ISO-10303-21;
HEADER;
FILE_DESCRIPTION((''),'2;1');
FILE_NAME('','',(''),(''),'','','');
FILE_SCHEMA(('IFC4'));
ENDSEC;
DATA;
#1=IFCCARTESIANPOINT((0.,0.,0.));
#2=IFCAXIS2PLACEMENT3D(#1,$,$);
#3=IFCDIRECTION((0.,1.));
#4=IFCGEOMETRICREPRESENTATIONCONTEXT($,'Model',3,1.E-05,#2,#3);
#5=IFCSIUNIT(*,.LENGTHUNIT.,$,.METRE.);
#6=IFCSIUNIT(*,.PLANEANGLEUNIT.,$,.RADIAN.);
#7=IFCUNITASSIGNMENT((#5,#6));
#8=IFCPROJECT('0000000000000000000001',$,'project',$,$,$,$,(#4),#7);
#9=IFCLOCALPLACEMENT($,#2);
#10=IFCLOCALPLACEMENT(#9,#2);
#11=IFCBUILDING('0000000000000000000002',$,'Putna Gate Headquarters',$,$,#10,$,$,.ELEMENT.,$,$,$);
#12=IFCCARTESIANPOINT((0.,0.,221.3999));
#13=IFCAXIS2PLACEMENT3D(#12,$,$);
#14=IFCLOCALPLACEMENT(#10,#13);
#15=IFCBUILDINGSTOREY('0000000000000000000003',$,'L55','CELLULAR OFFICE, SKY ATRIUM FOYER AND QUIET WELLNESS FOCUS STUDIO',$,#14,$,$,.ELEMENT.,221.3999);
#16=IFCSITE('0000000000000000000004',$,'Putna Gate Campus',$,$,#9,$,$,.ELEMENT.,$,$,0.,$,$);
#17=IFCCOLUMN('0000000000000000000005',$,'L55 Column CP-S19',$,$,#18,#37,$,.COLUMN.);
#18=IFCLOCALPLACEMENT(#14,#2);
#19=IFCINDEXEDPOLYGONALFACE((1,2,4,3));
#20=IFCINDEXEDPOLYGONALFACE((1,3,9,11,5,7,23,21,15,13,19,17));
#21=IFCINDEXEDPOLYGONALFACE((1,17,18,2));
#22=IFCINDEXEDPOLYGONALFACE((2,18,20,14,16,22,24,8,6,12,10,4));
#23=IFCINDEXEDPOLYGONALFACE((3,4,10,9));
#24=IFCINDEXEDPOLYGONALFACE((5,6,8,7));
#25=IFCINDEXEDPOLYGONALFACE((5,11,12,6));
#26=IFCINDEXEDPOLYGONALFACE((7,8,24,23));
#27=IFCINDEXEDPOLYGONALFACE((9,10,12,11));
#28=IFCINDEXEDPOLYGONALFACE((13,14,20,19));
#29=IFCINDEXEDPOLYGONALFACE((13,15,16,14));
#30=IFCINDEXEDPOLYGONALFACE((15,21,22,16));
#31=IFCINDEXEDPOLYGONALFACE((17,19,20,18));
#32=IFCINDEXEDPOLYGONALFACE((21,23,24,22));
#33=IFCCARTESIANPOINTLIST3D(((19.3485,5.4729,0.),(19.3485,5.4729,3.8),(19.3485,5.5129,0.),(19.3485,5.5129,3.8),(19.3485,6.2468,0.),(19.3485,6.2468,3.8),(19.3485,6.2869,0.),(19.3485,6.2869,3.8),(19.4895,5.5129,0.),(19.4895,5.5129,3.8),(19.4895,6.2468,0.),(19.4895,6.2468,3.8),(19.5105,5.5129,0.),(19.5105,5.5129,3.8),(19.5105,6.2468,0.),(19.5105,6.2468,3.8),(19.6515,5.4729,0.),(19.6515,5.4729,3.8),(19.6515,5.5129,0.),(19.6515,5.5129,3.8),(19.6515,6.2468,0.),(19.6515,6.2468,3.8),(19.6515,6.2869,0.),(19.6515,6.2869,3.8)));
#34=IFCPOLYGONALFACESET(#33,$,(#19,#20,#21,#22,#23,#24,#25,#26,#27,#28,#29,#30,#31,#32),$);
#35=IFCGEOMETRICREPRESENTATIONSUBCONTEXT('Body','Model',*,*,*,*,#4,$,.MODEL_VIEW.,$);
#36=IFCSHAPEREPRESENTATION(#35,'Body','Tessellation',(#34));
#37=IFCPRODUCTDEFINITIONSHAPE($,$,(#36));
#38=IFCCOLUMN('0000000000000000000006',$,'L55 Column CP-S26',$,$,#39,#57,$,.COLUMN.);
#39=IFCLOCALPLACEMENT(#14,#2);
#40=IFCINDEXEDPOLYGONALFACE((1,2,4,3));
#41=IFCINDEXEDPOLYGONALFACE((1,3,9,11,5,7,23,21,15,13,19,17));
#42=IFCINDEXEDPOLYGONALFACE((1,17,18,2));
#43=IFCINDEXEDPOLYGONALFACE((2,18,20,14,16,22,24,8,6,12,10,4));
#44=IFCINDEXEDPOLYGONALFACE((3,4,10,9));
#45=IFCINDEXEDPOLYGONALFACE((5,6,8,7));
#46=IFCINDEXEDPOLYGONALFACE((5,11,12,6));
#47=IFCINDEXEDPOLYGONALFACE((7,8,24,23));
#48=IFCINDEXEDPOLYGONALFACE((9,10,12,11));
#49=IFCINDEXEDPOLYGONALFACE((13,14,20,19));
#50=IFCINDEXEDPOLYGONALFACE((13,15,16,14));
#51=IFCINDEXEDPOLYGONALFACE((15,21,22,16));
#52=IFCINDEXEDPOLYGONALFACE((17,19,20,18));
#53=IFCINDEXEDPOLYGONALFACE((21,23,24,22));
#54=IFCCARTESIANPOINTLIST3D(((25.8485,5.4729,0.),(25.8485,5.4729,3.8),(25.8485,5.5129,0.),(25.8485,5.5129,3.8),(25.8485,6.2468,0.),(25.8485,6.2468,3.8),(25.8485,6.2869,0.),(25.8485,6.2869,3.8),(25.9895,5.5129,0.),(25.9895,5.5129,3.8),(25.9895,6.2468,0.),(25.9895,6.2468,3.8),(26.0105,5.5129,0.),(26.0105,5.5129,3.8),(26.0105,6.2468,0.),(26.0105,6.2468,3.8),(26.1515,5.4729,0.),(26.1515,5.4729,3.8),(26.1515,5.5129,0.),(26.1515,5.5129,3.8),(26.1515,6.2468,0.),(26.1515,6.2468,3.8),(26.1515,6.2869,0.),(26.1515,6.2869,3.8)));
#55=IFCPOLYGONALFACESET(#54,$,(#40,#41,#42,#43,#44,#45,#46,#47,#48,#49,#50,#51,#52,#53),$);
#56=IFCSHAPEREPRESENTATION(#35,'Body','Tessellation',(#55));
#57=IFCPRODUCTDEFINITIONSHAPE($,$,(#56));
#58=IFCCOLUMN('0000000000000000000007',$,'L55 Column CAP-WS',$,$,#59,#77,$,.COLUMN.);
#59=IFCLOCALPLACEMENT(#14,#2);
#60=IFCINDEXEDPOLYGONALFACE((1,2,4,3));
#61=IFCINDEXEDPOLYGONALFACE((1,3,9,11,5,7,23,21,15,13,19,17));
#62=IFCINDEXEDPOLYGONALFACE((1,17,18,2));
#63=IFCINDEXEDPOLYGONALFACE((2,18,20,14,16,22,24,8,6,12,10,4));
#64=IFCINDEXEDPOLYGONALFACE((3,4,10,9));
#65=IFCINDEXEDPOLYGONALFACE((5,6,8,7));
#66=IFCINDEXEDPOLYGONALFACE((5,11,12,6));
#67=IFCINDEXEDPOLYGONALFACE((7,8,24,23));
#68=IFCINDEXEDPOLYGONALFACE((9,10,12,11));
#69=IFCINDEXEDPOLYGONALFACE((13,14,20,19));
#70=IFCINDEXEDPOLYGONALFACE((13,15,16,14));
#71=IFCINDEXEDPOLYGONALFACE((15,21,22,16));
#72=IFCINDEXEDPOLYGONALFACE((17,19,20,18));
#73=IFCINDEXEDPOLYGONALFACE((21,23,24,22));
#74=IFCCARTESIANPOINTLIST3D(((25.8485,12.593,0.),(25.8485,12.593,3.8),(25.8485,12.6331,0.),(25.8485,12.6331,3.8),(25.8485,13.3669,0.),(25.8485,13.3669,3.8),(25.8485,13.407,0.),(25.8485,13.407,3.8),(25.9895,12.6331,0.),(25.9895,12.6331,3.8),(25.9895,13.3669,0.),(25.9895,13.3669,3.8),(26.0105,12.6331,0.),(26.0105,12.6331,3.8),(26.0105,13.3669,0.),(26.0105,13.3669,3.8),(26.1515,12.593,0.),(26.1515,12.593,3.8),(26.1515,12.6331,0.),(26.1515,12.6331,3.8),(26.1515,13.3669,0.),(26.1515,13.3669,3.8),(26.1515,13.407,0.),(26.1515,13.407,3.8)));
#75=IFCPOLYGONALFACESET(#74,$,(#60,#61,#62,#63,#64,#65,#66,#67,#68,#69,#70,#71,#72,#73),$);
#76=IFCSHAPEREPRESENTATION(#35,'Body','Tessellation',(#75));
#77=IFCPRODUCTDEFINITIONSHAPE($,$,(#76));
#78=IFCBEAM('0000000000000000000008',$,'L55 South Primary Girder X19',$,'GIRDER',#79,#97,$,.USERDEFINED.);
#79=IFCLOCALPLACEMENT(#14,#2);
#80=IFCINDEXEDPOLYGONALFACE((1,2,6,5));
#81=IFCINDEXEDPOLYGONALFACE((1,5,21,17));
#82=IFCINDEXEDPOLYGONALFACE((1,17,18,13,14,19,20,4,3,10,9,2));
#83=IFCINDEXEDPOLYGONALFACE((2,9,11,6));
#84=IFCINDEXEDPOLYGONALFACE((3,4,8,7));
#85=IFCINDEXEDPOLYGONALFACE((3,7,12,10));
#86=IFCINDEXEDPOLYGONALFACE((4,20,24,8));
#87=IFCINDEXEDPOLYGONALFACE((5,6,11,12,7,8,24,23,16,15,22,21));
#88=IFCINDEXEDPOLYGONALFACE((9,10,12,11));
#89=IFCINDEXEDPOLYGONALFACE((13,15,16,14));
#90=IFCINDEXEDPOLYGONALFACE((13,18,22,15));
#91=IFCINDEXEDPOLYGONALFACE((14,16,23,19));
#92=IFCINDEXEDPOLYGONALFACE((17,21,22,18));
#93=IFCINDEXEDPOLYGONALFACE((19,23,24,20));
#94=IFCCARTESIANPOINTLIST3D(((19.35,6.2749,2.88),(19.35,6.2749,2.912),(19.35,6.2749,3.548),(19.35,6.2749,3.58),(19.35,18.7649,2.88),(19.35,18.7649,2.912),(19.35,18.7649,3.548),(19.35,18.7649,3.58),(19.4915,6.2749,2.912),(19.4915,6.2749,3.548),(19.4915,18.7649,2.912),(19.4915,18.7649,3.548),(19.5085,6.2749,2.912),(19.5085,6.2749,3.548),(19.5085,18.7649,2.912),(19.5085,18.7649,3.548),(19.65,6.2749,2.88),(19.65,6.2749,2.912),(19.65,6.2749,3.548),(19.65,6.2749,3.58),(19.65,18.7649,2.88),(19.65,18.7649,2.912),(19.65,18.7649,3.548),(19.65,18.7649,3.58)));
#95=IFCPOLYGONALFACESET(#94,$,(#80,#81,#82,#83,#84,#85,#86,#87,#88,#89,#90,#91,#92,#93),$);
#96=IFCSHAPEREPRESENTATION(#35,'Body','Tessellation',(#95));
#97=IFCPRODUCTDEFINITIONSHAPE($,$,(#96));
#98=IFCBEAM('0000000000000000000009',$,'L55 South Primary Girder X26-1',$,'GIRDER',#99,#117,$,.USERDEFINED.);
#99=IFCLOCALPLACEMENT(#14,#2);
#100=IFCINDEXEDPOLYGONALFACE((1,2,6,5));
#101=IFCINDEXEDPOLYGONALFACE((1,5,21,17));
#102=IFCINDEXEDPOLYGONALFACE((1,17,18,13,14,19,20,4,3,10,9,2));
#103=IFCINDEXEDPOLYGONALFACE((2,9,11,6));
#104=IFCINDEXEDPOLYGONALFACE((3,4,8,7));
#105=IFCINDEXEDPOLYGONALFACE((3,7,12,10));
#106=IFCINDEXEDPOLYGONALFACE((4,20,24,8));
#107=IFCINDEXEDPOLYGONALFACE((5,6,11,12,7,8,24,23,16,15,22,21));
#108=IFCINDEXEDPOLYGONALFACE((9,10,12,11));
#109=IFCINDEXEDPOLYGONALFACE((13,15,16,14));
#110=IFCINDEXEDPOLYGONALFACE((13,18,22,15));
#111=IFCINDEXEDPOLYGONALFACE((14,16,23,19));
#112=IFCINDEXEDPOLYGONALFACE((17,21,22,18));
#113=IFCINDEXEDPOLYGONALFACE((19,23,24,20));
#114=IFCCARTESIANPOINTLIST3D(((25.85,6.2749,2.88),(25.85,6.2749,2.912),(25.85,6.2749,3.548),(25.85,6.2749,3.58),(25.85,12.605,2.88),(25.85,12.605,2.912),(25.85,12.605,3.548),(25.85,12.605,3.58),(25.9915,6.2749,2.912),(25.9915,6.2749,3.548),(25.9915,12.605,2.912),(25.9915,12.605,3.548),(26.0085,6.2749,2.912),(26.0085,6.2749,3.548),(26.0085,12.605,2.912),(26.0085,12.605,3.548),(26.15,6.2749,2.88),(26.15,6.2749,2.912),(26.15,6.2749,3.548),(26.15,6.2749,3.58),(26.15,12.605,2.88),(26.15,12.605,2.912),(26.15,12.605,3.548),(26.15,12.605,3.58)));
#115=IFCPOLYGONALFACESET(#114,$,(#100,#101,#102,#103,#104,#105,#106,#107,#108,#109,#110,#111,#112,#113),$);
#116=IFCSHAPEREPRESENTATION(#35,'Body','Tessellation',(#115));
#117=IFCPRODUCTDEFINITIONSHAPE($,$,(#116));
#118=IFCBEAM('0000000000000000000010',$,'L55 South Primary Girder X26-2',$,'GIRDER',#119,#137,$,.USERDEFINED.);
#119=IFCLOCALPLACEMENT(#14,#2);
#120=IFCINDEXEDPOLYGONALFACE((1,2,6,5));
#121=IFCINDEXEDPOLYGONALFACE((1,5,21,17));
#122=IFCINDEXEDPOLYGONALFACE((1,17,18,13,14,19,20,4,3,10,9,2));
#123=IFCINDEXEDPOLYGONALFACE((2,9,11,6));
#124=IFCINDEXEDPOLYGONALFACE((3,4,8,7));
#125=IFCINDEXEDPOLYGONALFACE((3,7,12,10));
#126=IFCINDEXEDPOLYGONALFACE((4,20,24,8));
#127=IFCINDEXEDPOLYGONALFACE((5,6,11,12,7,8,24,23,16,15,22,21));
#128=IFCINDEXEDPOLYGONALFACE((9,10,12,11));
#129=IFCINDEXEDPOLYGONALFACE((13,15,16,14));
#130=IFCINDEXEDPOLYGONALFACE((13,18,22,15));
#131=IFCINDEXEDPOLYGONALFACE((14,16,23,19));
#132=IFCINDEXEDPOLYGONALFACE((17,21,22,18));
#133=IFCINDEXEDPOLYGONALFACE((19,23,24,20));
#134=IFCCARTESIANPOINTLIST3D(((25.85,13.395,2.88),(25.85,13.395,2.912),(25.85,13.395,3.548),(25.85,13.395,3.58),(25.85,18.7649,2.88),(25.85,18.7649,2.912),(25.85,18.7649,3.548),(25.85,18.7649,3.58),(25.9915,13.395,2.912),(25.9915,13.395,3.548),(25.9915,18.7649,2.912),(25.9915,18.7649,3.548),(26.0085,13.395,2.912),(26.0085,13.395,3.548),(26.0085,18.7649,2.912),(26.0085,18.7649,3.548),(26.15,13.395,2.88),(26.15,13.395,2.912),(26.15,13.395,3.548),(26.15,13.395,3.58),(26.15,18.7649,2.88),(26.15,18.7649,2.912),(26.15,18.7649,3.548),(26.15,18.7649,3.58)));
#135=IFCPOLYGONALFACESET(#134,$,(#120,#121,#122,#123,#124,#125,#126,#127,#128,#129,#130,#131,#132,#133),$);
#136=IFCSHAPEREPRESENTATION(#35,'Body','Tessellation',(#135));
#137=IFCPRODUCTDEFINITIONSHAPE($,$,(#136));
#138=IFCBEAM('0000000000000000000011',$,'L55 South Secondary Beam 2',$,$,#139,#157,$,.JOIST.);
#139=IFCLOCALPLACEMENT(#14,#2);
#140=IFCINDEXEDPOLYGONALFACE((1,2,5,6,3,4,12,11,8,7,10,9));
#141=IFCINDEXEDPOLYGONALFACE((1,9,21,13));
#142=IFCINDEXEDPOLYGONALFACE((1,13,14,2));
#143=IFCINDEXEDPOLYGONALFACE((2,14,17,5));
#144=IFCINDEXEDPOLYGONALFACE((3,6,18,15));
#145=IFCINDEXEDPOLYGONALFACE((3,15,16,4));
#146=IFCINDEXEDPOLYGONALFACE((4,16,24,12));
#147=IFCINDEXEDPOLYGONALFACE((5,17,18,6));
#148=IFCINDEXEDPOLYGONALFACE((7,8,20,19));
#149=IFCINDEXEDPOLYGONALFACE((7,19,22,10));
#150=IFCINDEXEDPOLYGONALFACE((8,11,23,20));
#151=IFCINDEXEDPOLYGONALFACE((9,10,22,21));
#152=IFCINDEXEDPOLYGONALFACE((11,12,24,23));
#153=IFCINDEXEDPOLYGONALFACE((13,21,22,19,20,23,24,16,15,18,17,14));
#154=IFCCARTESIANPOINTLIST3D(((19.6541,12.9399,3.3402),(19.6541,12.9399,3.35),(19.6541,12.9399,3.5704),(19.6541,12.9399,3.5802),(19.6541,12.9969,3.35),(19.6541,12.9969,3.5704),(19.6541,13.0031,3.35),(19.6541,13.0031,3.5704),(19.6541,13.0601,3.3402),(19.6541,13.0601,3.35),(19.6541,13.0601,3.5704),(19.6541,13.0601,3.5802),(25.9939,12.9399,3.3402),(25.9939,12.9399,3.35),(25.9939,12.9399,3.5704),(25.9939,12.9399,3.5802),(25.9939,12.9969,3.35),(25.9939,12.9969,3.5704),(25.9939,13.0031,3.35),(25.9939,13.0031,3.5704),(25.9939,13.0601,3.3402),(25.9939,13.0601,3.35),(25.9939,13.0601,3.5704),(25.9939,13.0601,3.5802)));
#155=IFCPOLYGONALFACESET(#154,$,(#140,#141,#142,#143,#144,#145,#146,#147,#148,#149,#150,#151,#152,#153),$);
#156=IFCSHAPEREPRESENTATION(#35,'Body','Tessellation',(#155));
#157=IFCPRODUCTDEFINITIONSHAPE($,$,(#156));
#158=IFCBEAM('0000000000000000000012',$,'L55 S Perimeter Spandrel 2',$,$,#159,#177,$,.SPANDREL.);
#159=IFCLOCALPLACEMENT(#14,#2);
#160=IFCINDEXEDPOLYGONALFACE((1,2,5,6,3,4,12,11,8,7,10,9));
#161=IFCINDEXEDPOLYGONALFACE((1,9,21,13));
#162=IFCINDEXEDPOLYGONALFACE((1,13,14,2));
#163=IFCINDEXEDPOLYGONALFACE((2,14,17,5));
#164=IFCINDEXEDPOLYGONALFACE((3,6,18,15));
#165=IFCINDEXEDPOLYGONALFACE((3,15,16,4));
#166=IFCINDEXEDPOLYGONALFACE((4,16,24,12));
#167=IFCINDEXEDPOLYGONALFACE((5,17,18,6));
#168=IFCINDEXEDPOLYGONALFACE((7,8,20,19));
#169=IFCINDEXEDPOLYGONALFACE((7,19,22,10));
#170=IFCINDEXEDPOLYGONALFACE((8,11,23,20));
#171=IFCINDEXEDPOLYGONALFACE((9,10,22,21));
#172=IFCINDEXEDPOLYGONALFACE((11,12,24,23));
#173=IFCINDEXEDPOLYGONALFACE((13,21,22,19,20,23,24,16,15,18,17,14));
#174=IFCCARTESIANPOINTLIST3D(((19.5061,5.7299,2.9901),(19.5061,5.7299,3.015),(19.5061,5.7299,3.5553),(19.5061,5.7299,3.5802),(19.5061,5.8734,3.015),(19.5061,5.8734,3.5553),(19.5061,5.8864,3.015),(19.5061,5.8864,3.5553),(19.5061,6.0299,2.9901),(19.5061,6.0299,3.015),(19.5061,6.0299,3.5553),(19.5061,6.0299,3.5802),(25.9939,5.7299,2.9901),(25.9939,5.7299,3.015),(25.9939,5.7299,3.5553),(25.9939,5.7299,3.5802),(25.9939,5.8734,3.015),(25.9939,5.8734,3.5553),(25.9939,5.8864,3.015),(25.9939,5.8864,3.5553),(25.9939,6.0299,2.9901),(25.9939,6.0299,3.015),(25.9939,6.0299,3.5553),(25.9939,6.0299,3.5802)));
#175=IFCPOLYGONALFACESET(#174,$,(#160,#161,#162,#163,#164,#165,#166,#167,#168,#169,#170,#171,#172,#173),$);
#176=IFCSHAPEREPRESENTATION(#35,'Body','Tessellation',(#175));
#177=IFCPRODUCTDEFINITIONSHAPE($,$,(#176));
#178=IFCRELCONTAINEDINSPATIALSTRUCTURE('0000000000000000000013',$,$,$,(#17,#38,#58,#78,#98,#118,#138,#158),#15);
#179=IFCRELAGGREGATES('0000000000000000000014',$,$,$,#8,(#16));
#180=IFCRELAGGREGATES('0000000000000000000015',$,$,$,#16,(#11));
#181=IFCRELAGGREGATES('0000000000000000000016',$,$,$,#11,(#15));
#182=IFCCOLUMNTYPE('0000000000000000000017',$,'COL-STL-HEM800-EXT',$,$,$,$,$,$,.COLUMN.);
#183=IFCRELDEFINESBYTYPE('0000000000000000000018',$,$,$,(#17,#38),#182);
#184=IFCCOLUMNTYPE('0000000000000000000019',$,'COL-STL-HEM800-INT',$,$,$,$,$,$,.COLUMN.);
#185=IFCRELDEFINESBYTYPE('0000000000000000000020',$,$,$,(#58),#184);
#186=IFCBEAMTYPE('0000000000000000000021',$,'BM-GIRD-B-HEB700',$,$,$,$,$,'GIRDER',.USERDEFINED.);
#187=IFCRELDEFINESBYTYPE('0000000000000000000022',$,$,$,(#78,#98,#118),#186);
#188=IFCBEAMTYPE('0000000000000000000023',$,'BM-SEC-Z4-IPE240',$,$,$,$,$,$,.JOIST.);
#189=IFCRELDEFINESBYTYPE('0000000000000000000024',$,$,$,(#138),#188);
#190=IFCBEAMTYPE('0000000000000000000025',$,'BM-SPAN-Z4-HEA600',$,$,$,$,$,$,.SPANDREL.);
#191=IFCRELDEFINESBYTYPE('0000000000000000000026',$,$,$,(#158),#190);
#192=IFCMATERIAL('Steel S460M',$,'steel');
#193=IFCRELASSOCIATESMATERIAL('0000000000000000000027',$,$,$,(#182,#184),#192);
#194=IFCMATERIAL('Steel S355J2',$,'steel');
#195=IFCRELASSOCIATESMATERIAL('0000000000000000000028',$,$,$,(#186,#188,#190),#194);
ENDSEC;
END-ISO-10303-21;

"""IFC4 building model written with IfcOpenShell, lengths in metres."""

from ifc_helpers import new_model, si_unit, direction, frame, origin, origin_2d, place, context, subcontext, project, spatial, i_section, extrude, material, material_profile, profile_set, type_object, element, save


model = new_model("IFC4")

# Units and contexts
model_context = context("Model", 3, precision=1e-05, world=origin(), true_north=direction((0.0, 1.0)))
body_context = subcontext(model_context, "Body", "Model", "MODEL_VIEW")
ifc_project = project(units=[si_unit("LENGTHUNIT", "METRE"), si_unit("PLANEANGLEUNIT", "RADIAN")], contexts=[model_context])

# Site, building, storey
site_placement = place(None, origin())
site = spatial("IfcSite", under=ifc_project, at=site_placement, Name="Putna Gate Campus", CompositionType="ELEMENT", RefElevation=0.0)
building_placement = place(site_placement, origin())
building = spatial("IfcBuilding", under=site, at=building_placement, Name="Putna Gate Headquarters", CompositionType="ELEMENT")
storey_placement = place(building_placement, frame((0.0, 0.0, 221.3999)))
storey = spatial("IfcBuildingStorey", under=building, at=storey_placement, Name="L55", Description="CELLULAR OFFICE, SKY ATRIUM FOYER AND QUIET WELLNESS FOCUS STUDIO", CompositionType="ELEMENT", Elevation=221.3999)

# Columns
ifc_material_1 = material(Name="Steel S460M", Category="steel")
ifc_material_profile_1 = material_profile(ifc_material_1, i_section(OverallWidth=0.303, OverallDepth=0.814, WebThickness=0.021, FlangeThickness=0.04, at=origin_2d()), Name="Steel S460M")
ifc_profile_set_1 = profile_set([ifc_material_profile_1], Name="Steel S460M")
column_type_1 = type_object("IfcColumnType", Name="COL-STL-HEM800-EXT", PredefinedType="COLUMN", material=ifc_profile_set_1)
for number, where, z_axis, x_axis, name in (
    (1, (19.5, 5.8799, 0.0), (0.0, 0.0, 1.0), (1.0, 0.0, 0.0), "L55 Column CP-S19"),
    (2, (26.0, 5.8799, 0.0), (0.0, 0.0, 1.0), (1.0, 0.0, 0.0), "L55 Column CP-S26"),
):
    element("IfcColumn", number, at=place(storey_placement, frame(where, z_axis=z_axis, x_axis=x_axis)), inside=storey, type_object=column_type_1, Name=name, PredefinedType="COLUMN", context=body_context, shape_type="SweptSolid", body=[
        extrude(i_section(OverallWidth=0.303, OverallDepth=0.814, WebThickness=0.021, FlangeThickness=0.04, at=origin_2d()), origin(), (0.0, 0.0, 1.0), 3.8),
    ])
ifc_material_profile_2 = material_profile(ifc_material_1, i_section(OverallWidth=0.303, OverallDepth=0.814, WebThickness=0.021, FlangeThickness=0.04, at=origin_2d()), Name="Steel S460M")
ifc_profile_set_2 = profile_set([ifc_material_profile_2], Name="Steel S460M")
column_type_2 = type_object("IfcColumnType", Name="COL-STL-HEM800-INT", PredefinedType="COLUMN", material=ifc_profile_set_2)
column_placement = place(storey_placement, frame((26.0, 13.0, 0.0), z_axis=(0.0, 0.0, 1.0), x_axis=(1.0, 0.0, 0.0)))
element("IfcColumn", 3, at=column_placement, inside=storey, type_object=column_type_2, Name="L55 Column CAP-WS", PredefinedType="COLUMN", context=body_context, shape_type="SweptSolid", body=[
    extrude(i_section(OverallWidth=0.303, OverallDepth=0.814, WebThickness=0.021, FlangeThickness=0.04, at=origin_2d()), origin(), (0.0, 0.0, 1.0), 3.8),
])

# Beams
ifc_material_2 = material(Name="Steel S355J2", Category="steel")
ifc_material_profile_3 = material_profile(ifc_material_2, i_section(OverallWidth=0.3, OverallDepth=0.7, WebThickness=0.0171, FlangeThickness=0.032, at=origin_2d()), Name="Steel S355J2")
ifc_profile_set_3 = profile_set([ifc_material_profile_3], Name="Steel S355J2")
beam_type_1 = type_object("IfcBeamType", Name="BM-GIRD-B-HEB700", ElementType="GIRDER", PredefinedType="USERDEFINED", material=ifc_profile_set_3)
beam_1_placement = place(storey_placement, frame((19.5, 6.2749, 3.23), z_axis=(0.0, 1.0, 0.0), x_axis=(-1.0, 0.0, 0.0)))
element("IfcBeam", 4, at=beam_1_placement, inside=storey, type_object=beam_type_1, Name="L55 South Primary Girder X19", ObjectType="GIRDER", PredefinedType="USERDEFINED", context=body_context, shape_type="SweptSolid", body=[
    extrude(i_section(OverallWidth=0.3, OverallDepth=0.7, WebThickness=0.0171, FlangeThickness=0.032, at=origin_2d()), origin(), (0.0, 0.0, 1.0), 12.49),
])
beam_2_placement = place(storey_placement, frame((26.0, 6.2749, 3.23), z_axis=(0.0, 1.0, 0.0), x_axis=(-1.0, 0.0, 0.0)))
element("IfcBeam", 5, at=beam_2_placement, inside=storey, type_object=beam_type_1, Name="L55 South Primary Girder X26-1", ObjectType="GIRDER", PredefinedType="USERDEFINED", context=body_context, shape_type="SweptSolid", body=[
    extrude(i_section(OverallWidth=0.3, OverallDepth=0.7, WebThickness=0.0171, FlangeThickness=0.032, at=origin_2d()), origin(), (0.0, 0.0, 1.0), 6.3301),
])
beam_3_placement = place(storey_placement, frame((26.0, 13.395, 3.23), z_axis=(0.0, 1.0, 0.0), x_axis=(-1.0, 0.0, 0.0)))
element("IfcBeam", 6, at=beam_3_placement, inside=storey, type_object=beam_type_1, Name="L55 South Primary Girder X26-2", ObjectType="GIRDER", PredefinedType="USERDEFINED", context=body_context, shape_type="SweptSolid", body=[
    extrude(i_section(OverallWidth=0.3, OverallDepth=0.7, WebThickness=0.0171, FlangeThickness=0.032, at=origin_2d()), origin(), (0.0, 0.0, 1.0), 5.3699),
])
ifc_material_profile_4 = material_profile(ifc_material_2, i_section(OverallWidth=0.1201, OverallDepth=0.24, WebThickness=0.0061, FlangeThickness=0.0098, at=origin_2d()), Name="Steel S355J2")
ifc_profile_set_4 = profile_set([ifc_material_profile_4], Name="Steel S355J2")
beam_type_2 = type_object("IfcBeamType", Name="BM-SEC-Z4-IPE240", PredefinedType="JOIST", material=ifc_profile_set_4)
beam_4_placement = place(storey_placement, frame((19.6541, 13.0, 3.4602), z_axis=(1.0, 0.0, 0.0), x_axis=(0.0, 1.0, 0.0)))
element("IfcBeam", 7, at=beam_4_placement, inside=storey, type_object=beam_type_2, Name="L55 South Secondary Beam 2", PredefinedType="JOIST", context=body_context, shape_type="SweptSolid", body=[
    extrude(i_section(OverallWidth=0.1201, OverallDepth=0.24, WebThickness=0.0061, FlangeThickness=0.0098, at=origin_2d()), origin(), (0.0, 0.0, 1.0), 6.3398),
])
ifc_material_profile_5 = material_profile(ifc_material_2, i_section(OverallWidth=0.3, OverallDepth=0.5901, WebThickness=0.0129, FlangeThickness=0.0249, at=origin_2d()), Name="Steel S355J2")
ifc_profile_set_5 = profile_set([ifc_material_profile_5], Name="Steel S355J2")
beam_type_3 = type_object("IfcBeamType", Name="BM-SPAN-Z4-HEA600", PredefinedType="SPANDREL", material=ifc_profile_set_5)
for number, where, z_axis, x_axis, name in (
    (8, (19.5061, 5.8799, 3.2852), (1.0, 0.0, 0.0), (0.0, 1.0, 0.0), "L55 S Perimeter Spandrel 2"),
):
    element("IfcBeam", number, at=place(storey_placement, frame(where, z_axis=z_axis, x_axis=x_axis)), inside=storey, type_object=beam_type_3, Name=name, PredefinedType="SPANDREL", context=body_context, shape_type="SweptSolid", body=[
        extrude(i_section(OverallWidth=0.3, OverallDepth=0.5901, WebThickness=0.0129, FlangeThickness=0.0249, at=origin_2d()), origin(), (0.0, 0.0, 1.0), 6.4878),
    ])

save(model, "model.ifc")
